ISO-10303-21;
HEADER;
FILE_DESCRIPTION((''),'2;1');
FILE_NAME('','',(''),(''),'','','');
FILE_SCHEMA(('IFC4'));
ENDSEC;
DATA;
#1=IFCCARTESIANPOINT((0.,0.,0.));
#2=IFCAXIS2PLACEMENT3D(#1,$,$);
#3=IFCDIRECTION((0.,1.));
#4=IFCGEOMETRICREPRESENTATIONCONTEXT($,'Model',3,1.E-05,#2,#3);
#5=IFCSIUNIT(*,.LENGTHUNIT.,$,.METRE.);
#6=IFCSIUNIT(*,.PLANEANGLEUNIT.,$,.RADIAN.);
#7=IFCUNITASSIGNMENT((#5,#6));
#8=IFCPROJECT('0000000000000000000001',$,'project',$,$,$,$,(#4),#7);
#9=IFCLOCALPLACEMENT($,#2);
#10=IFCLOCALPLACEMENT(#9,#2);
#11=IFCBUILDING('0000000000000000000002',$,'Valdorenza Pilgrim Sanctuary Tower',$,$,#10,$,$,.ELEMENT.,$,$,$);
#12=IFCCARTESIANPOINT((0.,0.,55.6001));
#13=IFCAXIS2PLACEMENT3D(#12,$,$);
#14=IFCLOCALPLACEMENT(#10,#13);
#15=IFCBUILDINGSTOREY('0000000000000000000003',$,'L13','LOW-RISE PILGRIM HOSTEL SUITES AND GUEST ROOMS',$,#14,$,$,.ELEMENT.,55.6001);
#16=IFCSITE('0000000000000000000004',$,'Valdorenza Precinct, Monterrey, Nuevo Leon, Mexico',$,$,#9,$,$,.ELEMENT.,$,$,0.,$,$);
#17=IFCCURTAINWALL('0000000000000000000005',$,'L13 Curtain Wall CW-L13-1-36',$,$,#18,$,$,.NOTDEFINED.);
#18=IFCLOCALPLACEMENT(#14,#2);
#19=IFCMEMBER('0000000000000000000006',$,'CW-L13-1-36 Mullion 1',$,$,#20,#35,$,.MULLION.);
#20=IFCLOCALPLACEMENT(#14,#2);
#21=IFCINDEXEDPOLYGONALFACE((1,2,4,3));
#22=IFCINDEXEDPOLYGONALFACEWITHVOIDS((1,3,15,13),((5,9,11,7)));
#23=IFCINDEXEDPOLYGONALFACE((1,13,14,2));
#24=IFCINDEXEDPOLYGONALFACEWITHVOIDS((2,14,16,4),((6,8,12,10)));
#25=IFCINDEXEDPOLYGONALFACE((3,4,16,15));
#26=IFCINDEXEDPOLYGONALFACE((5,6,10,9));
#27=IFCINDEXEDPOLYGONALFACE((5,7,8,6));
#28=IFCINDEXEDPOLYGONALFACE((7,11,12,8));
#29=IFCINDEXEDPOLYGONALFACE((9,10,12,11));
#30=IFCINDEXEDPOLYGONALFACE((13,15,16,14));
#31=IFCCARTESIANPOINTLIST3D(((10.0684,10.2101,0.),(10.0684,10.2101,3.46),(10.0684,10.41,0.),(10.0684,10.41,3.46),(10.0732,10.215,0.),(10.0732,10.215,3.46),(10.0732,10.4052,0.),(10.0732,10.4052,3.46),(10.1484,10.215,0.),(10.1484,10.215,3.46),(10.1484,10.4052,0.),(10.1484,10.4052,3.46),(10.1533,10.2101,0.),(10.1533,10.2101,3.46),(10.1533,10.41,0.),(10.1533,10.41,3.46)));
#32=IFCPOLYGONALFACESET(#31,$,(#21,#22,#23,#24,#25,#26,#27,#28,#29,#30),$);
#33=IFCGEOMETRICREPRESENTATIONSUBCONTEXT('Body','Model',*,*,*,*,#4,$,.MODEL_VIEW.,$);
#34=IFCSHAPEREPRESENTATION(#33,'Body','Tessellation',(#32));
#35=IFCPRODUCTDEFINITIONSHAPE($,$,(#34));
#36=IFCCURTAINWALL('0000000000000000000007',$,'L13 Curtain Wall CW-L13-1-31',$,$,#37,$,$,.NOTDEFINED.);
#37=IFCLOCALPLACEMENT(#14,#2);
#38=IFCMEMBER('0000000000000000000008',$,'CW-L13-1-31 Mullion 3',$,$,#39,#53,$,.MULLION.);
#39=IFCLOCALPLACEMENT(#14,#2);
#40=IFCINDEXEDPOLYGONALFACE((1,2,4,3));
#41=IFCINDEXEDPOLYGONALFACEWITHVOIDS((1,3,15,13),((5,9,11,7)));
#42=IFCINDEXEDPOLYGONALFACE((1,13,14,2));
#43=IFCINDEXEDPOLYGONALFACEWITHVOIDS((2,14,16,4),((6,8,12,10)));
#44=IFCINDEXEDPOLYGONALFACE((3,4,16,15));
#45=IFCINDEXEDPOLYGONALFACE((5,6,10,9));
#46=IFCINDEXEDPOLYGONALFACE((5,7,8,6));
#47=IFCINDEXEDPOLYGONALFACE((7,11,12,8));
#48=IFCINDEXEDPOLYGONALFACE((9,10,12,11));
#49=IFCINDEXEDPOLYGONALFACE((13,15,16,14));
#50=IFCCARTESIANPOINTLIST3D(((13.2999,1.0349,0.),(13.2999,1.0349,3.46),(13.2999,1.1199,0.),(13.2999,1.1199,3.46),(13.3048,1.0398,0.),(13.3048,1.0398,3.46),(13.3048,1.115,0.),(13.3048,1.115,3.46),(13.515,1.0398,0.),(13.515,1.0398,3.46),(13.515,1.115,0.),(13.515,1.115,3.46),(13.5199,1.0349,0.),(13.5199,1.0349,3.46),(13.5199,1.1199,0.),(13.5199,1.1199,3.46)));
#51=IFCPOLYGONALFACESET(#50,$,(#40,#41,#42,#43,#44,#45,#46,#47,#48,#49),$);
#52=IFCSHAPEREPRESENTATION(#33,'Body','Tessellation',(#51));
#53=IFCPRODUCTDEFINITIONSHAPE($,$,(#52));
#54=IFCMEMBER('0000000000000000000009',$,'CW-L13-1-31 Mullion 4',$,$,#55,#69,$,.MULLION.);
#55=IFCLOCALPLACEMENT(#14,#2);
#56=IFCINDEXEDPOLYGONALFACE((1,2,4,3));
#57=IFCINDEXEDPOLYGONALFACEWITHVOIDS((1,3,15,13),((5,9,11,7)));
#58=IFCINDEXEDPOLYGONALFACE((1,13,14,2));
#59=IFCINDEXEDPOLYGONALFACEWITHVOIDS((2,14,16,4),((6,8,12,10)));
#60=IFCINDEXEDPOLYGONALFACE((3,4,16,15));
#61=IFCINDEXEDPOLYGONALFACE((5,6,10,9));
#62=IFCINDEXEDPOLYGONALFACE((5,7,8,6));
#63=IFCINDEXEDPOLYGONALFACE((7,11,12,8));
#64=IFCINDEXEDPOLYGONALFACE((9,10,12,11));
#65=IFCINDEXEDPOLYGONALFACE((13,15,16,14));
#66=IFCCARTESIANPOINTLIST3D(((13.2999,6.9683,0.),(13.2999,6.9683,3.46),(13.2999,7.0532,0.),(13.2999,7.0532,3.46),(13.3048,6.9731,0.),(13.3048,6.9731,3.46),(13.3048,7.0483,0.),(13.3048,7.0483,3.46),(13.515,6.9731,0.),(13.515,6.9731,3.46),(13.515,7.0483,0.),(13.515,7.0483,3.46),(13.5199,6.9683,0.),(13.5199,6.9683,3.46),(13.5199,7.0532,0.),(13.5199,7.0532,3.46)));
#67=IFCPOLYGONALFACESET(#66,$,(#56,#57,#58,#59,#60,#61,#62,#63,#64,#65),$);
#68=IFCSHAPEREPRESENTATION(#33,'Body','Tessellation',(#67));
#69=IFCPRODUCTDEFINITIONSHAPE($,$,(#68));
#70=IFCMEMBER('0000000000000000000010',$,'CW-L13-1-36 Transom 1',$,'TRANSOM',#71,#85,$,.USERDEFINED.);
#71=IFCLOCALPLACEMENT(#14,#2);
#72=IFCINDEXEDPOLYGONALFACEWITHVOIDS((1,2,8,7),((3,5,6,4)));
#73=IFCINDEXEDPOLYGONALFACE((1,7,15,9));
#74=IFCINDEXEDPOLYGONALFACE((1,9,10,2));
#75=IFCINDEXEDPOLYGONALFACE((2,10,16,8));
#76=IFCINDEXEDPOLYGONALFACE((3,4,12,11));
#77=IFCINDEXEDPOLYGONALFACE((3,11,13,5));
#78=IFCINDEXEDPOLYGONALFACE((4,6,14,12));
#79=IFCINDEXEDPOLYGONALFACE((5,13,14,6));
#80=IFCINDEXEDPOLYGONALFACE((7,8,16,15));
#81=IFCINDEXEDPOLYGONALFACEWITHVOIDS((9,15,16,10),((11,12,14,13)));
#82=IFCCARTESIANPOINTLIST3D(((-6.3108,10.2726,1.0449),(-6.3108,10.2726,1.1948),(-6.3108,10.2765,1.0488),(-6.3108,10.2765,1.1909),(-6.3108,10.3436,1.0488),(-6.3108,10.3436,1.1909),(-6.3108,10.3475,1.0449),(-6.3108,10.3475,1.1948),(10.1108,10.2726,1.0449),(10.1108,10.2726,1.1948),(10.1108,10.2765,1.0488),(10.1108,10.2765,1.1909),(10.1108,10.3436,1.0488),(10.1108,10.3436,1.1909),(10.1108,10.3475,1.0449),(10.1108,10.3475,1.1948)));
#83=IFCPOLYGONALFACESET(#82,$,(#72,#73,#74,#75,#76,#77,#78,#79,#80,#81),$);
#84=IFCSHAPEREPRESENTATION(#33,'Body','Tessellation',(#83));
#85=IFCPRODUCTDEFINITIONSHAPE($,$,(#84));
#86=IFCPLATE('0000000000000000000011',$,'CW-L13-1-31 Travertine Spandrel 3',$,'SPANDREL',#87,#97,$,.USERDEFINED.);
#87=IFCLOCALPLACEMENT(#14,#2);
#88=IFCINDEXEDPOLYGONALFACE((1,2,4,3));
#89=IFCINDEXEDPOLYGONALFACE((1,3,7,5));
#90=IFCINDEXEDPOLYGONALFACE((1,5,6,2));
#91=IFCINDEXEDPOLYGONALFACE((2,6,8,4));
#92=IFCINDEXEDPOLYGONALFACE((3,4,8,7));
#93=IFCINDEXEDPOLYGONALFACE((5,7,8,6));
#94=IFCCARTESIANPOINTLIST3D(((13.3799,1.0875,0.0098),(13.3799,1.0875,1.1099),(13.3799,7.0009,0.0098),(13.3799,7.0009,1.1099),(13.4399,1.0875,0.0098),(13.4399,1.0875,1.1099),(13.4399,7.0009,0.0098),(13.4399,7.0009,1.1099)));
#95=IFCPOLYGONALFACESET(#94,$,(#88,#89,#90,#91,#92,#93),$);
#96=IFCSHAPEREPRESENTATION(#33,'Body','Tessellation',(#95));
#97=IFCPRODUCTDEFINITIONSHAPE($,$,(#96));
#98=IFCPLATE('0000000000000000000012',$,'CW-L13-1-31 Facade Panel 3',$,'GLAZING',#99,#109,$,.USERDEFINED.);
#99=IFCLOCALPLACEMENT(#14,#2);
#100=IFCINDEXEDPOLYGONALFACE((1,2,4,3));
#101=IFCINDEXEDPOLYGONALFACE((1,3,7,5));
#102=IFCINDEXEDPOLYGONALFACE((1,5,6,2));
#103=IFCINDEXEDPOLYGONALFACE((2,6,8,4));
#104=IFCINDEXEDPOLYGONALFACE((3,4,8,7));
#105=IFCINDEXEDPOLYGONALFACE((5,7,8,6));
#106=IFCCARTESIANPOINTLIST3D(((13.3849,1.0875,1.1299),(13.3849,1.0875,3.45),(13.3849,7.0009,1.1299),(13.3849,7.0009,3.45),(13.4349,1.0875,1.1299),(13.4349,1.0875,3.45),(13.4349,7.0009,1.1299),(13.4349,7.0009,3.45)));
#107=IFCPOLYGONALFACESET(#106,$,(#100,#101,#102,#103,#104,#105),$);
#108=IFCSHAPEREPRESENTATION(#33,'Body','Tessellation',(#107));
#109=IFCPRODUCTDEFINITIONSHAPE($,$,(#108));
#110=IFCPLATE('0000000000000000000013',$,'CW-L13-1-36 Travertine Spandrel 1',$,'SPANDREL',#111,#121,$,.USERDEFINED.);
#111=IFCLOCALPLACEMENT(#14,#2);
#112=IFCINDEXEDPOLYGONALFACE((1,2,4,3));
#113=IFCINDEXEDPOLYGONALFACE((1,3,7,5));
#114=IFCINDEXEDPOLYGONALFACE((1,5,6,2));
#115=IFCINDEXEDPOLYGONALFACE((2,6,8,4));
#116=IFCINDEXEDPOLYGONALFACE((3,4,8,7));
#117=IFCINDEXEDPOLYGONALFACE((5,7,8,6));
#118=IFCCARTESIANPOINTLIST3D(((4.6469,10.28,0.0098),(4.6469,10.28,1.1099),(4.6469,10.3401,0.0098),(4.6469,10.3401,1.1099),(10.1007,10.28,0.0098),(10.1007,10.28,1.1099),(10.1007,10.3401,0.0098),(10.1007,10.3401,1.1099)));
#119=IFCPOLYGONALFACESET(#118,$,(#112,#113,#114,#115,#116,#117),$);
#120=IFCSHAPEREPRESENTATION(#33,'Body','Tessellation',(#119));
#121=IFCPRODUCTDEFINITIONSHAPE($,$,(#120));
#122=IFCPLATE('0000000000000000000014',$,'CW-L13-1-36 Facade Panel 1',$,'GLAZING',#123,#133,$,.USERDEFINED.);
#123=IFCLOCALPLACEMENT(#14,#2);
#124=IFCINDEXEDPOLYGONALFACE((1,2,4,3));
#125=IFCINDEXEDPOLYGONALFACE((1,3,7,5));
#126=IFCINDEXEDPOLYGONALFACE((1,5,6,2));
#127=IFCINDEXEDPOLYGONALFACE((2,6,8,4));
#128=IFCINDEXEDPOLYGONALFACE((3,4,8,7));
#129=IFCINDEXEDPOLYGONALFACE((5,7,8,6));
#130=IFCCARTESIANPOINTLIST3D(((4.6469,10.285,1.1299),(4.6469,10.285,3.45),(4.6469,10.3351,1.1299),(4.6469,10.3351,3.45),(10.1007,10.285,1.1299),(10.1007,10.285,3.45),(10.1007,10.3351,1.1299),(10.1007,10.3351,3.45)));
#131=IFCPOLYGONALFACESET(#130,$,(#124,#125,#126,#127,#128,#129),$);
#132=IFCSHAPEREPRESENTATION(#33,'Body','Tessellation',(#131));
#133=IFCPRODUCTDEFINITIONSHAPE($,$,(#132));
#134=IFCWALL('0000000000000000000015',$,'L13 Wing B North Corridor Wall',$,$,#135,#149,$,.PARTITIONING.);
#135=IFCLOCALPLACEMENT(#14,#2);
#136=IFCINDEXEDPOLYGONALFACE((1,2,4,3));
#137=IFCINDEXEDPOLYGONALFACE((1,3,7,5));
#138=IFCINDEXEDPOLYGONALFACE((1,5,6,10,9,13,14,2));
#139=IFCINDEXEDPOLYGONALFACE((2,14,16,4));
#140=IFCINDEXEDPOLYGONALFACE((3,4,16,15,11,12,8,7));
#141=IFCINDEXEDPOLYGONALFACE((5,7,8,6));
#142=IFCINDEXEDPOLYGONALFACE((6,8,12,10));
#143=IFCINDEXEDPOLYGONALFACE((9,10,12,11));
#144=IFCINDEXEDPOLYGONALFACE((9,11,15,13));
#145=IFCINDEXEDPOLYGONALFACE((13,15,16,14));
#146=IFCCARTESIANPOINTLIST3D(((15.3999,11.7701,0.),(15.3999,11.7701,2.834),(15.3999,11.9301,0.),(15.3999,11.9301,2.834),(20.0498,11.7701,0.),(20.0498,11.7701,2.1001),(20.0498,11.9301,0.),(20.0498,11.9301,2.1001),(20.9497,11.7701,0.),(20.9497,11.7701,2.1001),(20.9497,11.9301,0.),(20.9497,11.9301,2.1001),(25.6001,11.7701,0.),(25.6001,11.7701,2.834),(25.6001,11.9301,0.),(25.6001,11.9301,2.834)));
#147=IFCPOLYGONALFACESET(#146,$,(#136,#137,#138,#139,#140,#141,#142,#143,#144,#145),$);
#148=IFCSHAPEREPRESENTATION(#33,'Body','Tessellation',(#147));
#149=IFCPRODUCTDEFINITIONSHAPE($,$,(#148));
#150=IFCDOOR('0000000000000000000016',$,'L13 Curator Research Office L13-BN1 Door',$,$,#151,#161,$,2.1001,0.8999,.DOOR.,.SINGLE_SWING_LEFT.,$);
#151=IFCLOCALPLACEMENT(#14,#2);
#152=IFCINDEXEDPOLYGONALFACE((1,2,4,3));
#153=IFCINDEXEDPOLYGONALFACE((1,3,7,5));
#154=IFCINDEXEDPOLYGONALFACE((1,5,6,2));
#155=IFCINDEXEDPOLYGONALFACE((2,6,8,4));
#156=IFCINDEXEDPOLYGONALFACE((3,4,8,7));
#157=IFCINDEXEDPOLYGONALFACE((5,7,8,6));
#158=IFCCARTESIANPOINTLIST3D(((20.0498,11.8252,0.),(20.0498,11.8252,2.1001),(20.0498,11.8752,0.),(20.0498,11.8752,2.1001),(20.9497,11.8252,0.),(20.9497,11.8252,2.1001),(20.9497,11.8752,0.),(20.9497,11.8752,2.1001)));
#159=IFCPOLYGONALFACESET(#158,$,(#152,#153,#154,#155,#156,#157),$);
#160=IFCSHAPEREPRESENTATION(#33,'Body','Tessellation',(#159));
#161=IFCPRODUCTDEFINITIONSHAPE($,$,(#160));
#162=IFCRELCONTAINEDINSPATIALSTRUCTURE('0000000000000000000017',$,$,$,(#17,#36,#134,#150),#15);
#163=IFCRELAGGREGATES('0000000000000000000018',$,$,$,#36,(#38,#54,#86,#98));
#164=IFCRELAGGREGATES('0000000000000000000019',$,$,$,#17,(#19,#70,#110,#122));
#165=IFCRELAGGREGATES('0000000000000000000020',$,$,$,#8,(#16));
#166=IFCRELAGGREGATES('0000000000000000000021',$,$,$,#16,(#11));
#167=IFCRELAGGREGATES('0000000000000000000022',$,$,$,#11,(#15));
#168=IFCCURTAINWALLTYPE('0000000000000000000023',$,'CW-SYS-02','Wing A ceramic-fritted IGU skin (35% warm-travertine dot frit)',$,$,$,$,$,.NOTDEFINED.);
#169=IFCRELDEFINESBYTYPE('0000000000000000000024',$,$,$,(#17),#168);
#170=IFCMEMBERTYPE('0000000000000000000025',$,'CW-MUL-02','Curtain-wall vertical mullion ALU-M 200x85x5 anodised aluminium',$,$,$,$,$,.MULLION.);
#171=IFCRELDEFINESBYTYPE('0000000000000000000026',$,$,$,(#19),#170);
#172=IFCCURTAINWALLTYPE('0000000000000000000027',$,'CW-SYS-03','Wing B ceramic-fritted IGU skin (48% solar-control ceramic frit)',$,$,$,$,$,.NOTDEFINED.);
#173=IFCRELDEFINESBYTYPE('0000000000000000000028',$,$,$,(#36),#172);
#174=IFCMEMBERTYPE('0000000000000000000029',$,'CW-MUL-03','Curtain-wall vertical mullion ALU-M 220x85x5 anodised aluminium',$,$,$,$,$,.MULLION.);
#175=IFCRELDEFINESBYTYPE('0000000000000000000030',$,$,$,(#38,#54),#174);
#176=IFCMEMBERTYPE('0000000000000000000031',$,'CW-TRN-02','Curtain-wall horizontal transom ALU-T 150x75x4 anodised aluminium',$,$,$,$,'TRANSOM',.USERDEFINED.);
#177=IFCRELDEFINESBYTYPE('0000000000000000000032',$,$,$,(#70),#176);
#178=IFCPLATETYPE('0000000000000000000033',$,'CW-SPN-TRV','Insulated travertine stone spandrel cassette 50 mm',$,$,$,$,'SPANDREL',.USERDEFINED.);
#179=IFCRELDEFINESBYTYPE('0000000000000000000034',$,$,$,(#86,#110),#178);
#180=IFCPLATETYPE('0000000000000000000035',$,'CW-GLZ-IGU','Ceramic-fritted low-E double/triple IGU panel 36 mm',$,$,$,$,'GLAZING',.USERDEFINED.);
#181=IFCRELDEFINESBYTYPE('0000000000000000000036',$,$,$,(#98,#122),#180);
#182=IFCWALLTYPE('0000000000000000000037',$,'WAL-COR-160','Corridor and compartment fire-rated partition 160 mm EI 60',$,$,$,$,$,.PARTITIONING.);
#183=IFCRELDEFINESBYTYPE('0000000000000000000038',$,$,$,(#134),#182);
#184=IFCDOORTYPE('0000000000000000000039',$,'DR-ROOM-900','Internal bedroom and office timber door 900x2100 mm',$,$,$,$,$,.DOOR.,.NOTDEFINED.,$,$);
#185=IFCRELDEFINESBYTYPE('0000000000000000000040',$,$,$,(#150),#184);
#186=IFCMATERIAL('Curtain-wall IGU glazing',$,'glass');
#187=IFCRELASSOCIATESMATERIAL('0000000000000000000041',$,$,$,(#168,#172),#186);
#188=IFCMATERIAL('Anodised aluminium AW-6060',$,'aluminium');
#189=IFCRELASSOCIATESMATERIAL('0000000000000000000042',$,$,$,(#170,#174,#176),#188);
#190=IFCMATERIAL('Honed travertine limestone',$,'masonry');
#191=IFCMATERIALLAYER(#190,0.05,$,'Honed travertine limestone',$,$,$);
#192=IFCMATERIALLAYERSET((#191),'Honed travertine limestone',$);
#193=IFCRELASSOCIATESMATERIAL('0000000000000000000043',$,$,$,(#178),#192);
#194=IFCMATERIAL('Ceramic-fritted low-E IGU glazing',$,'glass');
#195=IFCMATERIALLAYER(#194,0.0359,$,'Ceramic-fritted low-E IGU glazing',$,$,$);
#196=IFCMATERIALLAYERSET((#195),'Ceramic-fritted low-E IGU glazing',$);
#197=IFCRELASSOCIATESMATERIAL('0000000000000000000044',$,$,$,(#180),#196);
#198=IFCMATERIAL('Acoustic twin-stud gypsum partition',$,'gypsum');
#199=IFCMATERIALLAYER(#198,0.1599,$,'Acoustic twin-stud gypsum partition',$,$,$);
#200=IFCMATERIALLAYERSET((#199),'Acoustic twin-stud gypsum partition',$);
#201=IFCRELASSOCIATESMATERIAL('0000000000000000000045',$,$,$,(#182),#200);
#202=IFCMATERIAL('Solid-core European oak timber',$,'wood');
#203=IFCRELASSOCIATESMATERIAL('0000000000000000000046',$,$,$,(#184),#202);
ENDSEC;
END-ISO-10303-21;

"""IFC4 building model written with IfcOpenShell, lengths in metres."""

from ifc_helpers import new_model, si_unit, direction, frame, frame_2d, origin, origin_2d, place, context, subcontext, project, spatial, rectangle, hollow_rectangle, extrude, source, transform, mapped, material, layer, layer_set, material_profile, profile_set, type_object, element, fill, aggregate, save


model = new_model("IFC4")

# Units and contexts
model_context = context("Model", 3, precision=1e-05, world=origin(), true_north=direction((0.0, 1.0)))
body_context = subcontext(model_context, "Body", "Model", "MODEL_VIEW")
ifc_project = project(units=[si_unit("LENGTHUNIT", "METRE"), si_unit("PLANEANGLEUNIT", "RADIAN")], contexts=[model_context])

# Site, building, storey
site_placement = place(None, origin())
site = spatial("IfcSite", under=ifc_project, at=site_placement, Name="Valdorenza Precinct, Monterrey, Nuevo Leon, Mexico", CompositionType="ELEMENT", RefElevation=0.0)
building_placement = place(site_placement, origin())
building = spatial("IfcBuilding", under=site, at=building_placement, Name="Valdorenza Pilgrim Sanctuary Tower", CompositionType="ELEMENT")
storey_placement = place(building_placement, frame((0.0, 0.0, 55.6001)))
storey = spatial("IfcBuildingStorey", under=building, at=storey_placement, Name="L13", Description="LOW-RISE PILGRIM HOSTEL SUITES AND GUEST ROOMS", CompositionType="ELEMENT", Elevation=55.6001)

# Curtain wall, member
ifc_material_1 = material(Name="Curtain-wall IGU glazing", Category="glass")
curtain_wall_type_1 = type_object("IfcCurtainWallType", Name="CW-SYS-02", Description="Wing A ceramic-fritted IGU skin (35% warm-travertine dot frit)", PredefinedType="NOTDEFINED", material=ifc_material_1)
curtain_wall_1_placement = place(storey_placement, origin())
curtain_wall_1 = element("IfcCurtainWall", 1, at=curtain_wall_1_placement, inside=storey, type_object=curtain_wall_type_1, Name="L13 Curtain Wall CW-L13-1-36", PredefinedType="NOTDEFINED")
ifc_material_2 = material(Name="Anodised aluminium AW-6060", Category="aluminium")
ifc_material_profile_1 = material_profile(ifc_material_2, hollow_rectangle(XDim=0.085, YDim=0.2, WallThickness=0.0049, at=origin_2d()), Name="ALU-M 200x85x5")
ifc_profile_set_1 = profile_set([ifc_material_profile_1], Name="Anodised aluminium AW-6060")
member_type_1 = type_object("IfcMemberType", Name="CW-MUL-02", Description="Curtain-wall vertical mullion ALU-M 200x85x5 anodised aluminium", PredefinedType="MULLION", material=ifc_profile_set_1)
shared_shape_1 = source(origin(), body_context, "Body", "SweptSolid", [
    extrude(hollow_rectangle(XDim=0.085, YDim=0.2, WallThickness=0.0049, at=origin_2d()), origin(), (0.0, 0.0, 1.0), 3.46),
])
member_1_placement = place(storey_placement, frame((10.1108, 10.3101, 0.0), z_axis=(0.0, 0.0, 1.0), x_axis=(-1.0, 0.0, 0.0)))
member_1 = element("IfcMember", 2, at=member_1_placement, type_object=member_type_1, Name="CW-L13-1-36 Mullion 1", PredefinedType="MULLION", context=body_context, shape_type="MappedRepresentation", body=[
    mapped(shared_shape_1, transform((0.0, 0.0, 0.0), x_axis=(1.0, 0.0, 0.0), y_axis=(0.0, 1.0, 0.0), z_axis=(0.0, 0.0, 1.0), scale=1.0)),
])

# Curtain wall, members
curtain_wall_type_2 = type_object("IfcCurtainWallType", Name="CW-SYS-03", Description="Wing B ceramic-fritted IGU skin (48% solar-control ceramic frit)", PredefinedType="NOTDEFINED", material=ifc_material_1)
curtain_wall_2_placement = place(storey_placement, origin())
curtain_wall_2 = element("IfcCurtainWall", 3, at=curtain_wall_2_placement, inside=storey, type_object=curtain_wall_type_2, Name="L13 Curtain Wall CW-L13-1-31", PredefinedType="NOTDEFINED")
ifc_material_profile_2 = material_profile(ifc_material_2, hollow_rectangle(XDim=0.085, YDim=0.22, WallThickness=0.0049, at=origin_2d()), Name="ALU-M 220x85x5")
ifc_profile_set_2 = profile_set([ifc_material_profile_2], Name="Anodised aluminium AW-6060")
member_type_2 = type_object("IfcMemberType", Name="CW-MUL-03", Description="Curtain-wall vertical mullion ALU-M 220x85x5 anodised aluminium", PredefinedType="MULLION", material=ifc_profile_set_2)
shared_shape_2 = source(origin(), body_context, "Body", "SweptSolid", [
    extrude(hollow_rectangle(XDim=0.085, YDim=0.22, WallThickness=0.0049, at=origin_2d()), origin(), (0.0, 0.0, 1.0), 3.46),
])
member_2_placement = place(storey_placement, frame((13.4099, 1.0774, 0.0), z_axis=(0.0, 0.0, 1.0), x_axis=(0.0, 1.0, 0.0)))
member_2 = element("IfcMember", 4, at=member_2_placement, type_object=member_type_2, Name="CW-L13-1-31 Mullion 3", PredefinedType="MULLION", context=body_context, shape_type="MappedRepresentation", body=[
    mapped(shared_shape_2, transform((0.0, 0.0, 0.0), x_axis=(1.0, 0.0, 0.0), y_axis=(0.0, 1.0, 0.0), z_axis=(0.0, 0.0, 1.0), scale=1.0)),
])
member_3_placement = place(storey_placement, frame((13.4099, 7.0107, 0.0), z_axis=(0.0, 0.0, 1.0), x_axis=(0.0, 1.0, 0.0)))
member_3 = element("IfcMember", 5, at=member_3_placement, type_object=member_type_2, Name="CW-L13-1-31 Mullion 4", PredefinedType="MULLION", context=body_context, shape_type="MappedRepresentation", body=[
    mapped(shared_shape_2, transform((0.0, 0.0, 0.0), x_axis=(1.0, 0.0, 0.0), y_axis=(0.0, 1.0, 0.0), z_axis=(0.0, 0.0, 1.0), scale=1.0)),
])

# Member
ifc_material_profile_3 = material_profile(ifc_material_2, hollow_rectangle(XDim=0.075, YDim=0.1499, WallThickness=0.0039, at=origin_2d()), Name="ALU-T 150x75x4")
ifc_profile_set_3 = profile_set([ifc_material_profile_3], Name="Anodised aluminium AW-6060")
member_type_3 = type_object("IfcMemberType", Name="CW-TRN-02", Description="Curtain-wall horizontal transom ALU-T 150x75x4 anodised aluminium", ElementType="TRANSOM", PredefinedType="USERDEFINED", material=ifc_profile_set_3)
shared_shape_3 = source(origin(), body_context, "Body", "SweptSolid", [
    extrude(hollow_rectangle(XDim=0.075, YDim=0.1499, WallThickness=0.0039, at=origin_2d()), origin(), (0.0, 0.0, 1.0), 16.4216),
])
member_4_placement = place(storey_placement, frame((10.1108, 10.3101, 1.1199), z_axis=(-1.0, 0.0, 0.0), x_axis=(0.0, -1.0, 0.0)))
member_4 = element("IfcMember", 6, at=member_4_placement, type_object=member_type_3, Name="CW-L13-1-36 Transom 1", ObjectType="TRANSOM", PredefinedType="USERDEFINED", context=body_context, shape_type="MappedRepresentation", body=[
    mapped(shared_shape_3, transform((0.0, 0.0, 0.0), x_axis=(1.0, 0.0, 0.0), y_axis=(0.0, 1.0, 0.0), z_axis=(0.0, 0.0, 1.0), scale=1.0)),
])

# Plates
ifc_material_3 = material(Name="Honed travertine limestone", Category="masonry")
ifc_layer_1 = layer(ifc_material_3, 0.05, Name="Honed travertine limestone")
ifc_layer_set_1 = layer_set([ifc_layer_1], Name="Honed travertine limestone")
plate_type_1 = type_object("IfcPlateType", Name="CW-SPN-TRV", Description="Insulated travertine stone spandrel cassette 50 mm", ElementType="SPANDREL", PredefinedType="USERDEFINED", material=ifc_layer_set_1)
shared_shape_4 = source(origin(), body_context, "Body", "SweptSolid", [
    extrude(rectangle(XDim=5.9133, YDim=0.0601, at=origin_2d()), origin(), (0.0, 0.0, 1.0), 1.1001),
])
plate_1_placement = place(storey_placement, frame((13.4099, 4.0442, 0.0098), z_axis=(0.0, 0.0, 1.0), x_axis=(0.0, 1.0, 0.0)))
plate_1 = element("IfcPlate", 7, at=plate_1_placement, type_object=plate_type_1, Name="CW-L13-1-31 Travertine Spandrel 3", ObjectType="SPANDREL", PredefinedType="USERDEFINED", context=body_context, shape_type="MappedRepresentation", body=[
    mapped(shared_shape_4, transform((0.0, 0.0, 0.0), x_axis=(1.0, 0.0, 0.0), y_axis=(0.0, 1.0, 0.0), z_axis=(0.0, 0.0, 1.0), scale=1.0)),
])
ifc_material_4 = material(Name="Ceramic-fritted low-E IGU glazing", Category="glass")
ifc_layer_2 = layer(ifc_material_4, 0.0359, Name="Ceramic-fritted low-E IGU glazing")
ifc_layer_set_2 = layer_set([ifc_layer_2], Name="Ceramic-fritted low-E IGU glazing")
plate_type_2 = type_object("IfcPlateType", Name="CW-GLZ-IGU", Description="Ceramic-fritted low-E double/triple IGU panel 36 mm", ElementType="GLAZING", PredefinedType="USERDEFINED", material=ifc_layer_set_2)
shared_shape_5 = source(origin(), body_context, "Body", "SweptSolid", [
    extrude(rectangle(XDim=5.9133, YDim=0.05, at=origin_2d()), origin(), (0.0, 0.0, 1.0), 2.3201),
])
plate_2_placement = place(storey_placement, frame((13.4099, 4.0442, 1.1299), z_axis=(0.0, 0.0, 1.0), x_axis=(0.0, 1.0, 0.0)))
plate_2 = element("IfcPlate", 8, at=plate_2_placement, type_object=plate_type_2, Name="CW-L13-1-31 Facade Panel 3", ObjectType="GLAZING", PredefinedType="USERDEFINED", context=body_context, shape_type="MappedRepresentation", body=[
    mapped(shared_shape_5, transform((0.0, 0.0, 0.0), x_axis=(1.0, 0.0, 0.0), y_axis=(0.0, 1.0, 0.0), z_axis=(0.0, 0.0, 1.0), scale=1.0)),
])
aggregate(curtain_wall_2, [member_2, member_3, plate_1, plate_2])
shared_shape_6 = source(origin(), body_context, "Body", "SweptSolid", [
    extrude(rectangle(XDim=5.4539, YDim=0.0601, at=origin_2d()), origin(), (0.0, 0.0, 1.0), 1.1001),
])
plate_3_placement = place(storey_placement, frame((7.3738, 10.3101, 0.0098), z_axis=(0.0, 0.0, 1.0), x_axis=(-1.0, 0.0, 0.0)))
plate_3 = element("IfcPlate", 9, at=plate_3_placement, type_object=plate_type_1, Name="CW-L13-1-36 Travertine Spandrel 1", ObjectType="SPANDREL", PredefinedType="USERDEFINED", context=body_context, shape_type="MappedRepresentation", body=[
    mapped(shared_shape_6, transform((0.0, 0.0, 0.0), x_axis=(1.0, 0.0, 0.0), y_axis=(0.0, 1.0, 0.0), z_axis=(0.0, 0.0, 1.0), scale=1.0)),
])
shared_shape_7 = source(origin(), body_context, "Body", "SweptSolid", [
    extrude(rectangle(XDim=5.4539, YDim=0.05, at=origin_2d()), origin(), (0.0, 0.0, 1.0), 2.3201),
])
plate_4_placement = place(storey_placement, frame((7.3738, 10.3101, 1.1299), z_axis=(0.0, 0.0, 1.0), x_axis=(-1.0, 0.0, 0.0)))
plate_4 = element("IfcPlate", 10, at=plate_4_placement, type_object=plate_type_2, Name="CW-L13-1-36 Facade Panel 1", ObjectType="GLAZING", PredefinedType="USERDEFINED", context=body_context, shape_type="MappedRepresentation", body=[
    mapped(shared_shape_7, transform((0.0, 0.0, 0.0), x_axis=(1.0, 0.0, 0.0), y_axis=(0.0, 1.0, 0.0), z_axis=(0.0, 0.0, 1.0), scale=1.0)),
])
aggregate(curtain_wall_1, [member_1, member_4, plate_3, plate_4])

# Wall, opening, door
ifc_material_5 = material(Name="Acoustic twin-stud gypsum partition", Category="gypsum")
ifc_layer_3 = layer(ifc_material_5, 0.1599, Name="Acoustic twin-stud gypsum partition")
ifc_layer_set_3 = layer_set([ifc_layer_3], Name="Acoustic twin-stud gypsum partition")
wall_type_1 = type_object("IfcWallType", Name="WAL-COR-160", Description="Corridor and compartment fire-rated partition 160 mm EI 60", PredefinedType="PARTITIONING", material=ifc_layer_set_3)
wall_1_placement = place(storey_placement, frame((15.3999, 11.8501, 0.0), z_axis=(0.0, 0.0, 1.0), x_axis=(1.0, 0.0, 0.0)))
wall_1 = element("IfcWall", 11, at=wall_1_placement, inside=storey, type_object=wall_type_1, Name="L13 Wing B North Corridor Wall", PredefinedType="PARTITIONING", context=body_context, shape_type="SweptSolid", body=[
    extrude(rectangle(XDim=10.2002, YDim=0.1599, at=frame_2d((5.1001, 0.0))), origin(), (0.0, 0.0, 1.0), 2.834),
])
opening_1_placement = place(wall_1_placement, frame((4.6499, 0.0, 0.0)))
opening_1 = element("IfcOpeningElement", 12, at=opening_1_placement, cuts=wall_1, PredefinedType="OPENING", context=body_context, shape_type="SweptSolid", body=[
    extrude(rectangle(XDim=0.8999, YDim=2.1001, at=frame_2d((0.45, 1.05))), frame((0.0, 0.0947, 0.0), z_axis=(0.0, -1.0, 0.0), x_axis=(1.0, 0.0, 0.0)), (0.0, 0.0, 1.0), 0.1897),
])
ifc_material_6 = material(Name="Solid-core European oak timber", Category="wood")
door_type = type_object("IfcDoorType", Name="DR-ROOM-900", Description="Internal bedroom and office timber door 900x2100 mm", OperationType="NOTDEFINED", PredefinedType="DOOR", material=ifc_material_6)
door_1_placement = place(opening_1_placement, frame((0.8999, 0.0, 0.0), z_axis=(0.0, 0.0, 1.0), x_axis=(-1.0, 0.0, 0.0)))
door_1 = element("IfcDoor", 13, at=door_1_placement, inside=storey, type_object=door_type, Name="L13 Curator Research Office L13-BN1 Door", OperationType="SINGLE_SWING_LEFT", OverallHeight=2.1001, OverallWidth=0.8999, PredefinedType="DOOR", context=body_context, shape_type="SweptSolid", body=[
    extrude(rectangle(XDim=0.8999, YDim=2.1001, at=frame_2d((0.45, 1.05))), frame((0.0, 0.0249, 0.0), z_axis=(0.0, -1.0, 0.0), x_axis=(1.0, 0.0, 0.0)), (0.0, 0.0, 1.0), 0.05),
])
fill(opening_1, door_1)

save(model, "model.ifc")
